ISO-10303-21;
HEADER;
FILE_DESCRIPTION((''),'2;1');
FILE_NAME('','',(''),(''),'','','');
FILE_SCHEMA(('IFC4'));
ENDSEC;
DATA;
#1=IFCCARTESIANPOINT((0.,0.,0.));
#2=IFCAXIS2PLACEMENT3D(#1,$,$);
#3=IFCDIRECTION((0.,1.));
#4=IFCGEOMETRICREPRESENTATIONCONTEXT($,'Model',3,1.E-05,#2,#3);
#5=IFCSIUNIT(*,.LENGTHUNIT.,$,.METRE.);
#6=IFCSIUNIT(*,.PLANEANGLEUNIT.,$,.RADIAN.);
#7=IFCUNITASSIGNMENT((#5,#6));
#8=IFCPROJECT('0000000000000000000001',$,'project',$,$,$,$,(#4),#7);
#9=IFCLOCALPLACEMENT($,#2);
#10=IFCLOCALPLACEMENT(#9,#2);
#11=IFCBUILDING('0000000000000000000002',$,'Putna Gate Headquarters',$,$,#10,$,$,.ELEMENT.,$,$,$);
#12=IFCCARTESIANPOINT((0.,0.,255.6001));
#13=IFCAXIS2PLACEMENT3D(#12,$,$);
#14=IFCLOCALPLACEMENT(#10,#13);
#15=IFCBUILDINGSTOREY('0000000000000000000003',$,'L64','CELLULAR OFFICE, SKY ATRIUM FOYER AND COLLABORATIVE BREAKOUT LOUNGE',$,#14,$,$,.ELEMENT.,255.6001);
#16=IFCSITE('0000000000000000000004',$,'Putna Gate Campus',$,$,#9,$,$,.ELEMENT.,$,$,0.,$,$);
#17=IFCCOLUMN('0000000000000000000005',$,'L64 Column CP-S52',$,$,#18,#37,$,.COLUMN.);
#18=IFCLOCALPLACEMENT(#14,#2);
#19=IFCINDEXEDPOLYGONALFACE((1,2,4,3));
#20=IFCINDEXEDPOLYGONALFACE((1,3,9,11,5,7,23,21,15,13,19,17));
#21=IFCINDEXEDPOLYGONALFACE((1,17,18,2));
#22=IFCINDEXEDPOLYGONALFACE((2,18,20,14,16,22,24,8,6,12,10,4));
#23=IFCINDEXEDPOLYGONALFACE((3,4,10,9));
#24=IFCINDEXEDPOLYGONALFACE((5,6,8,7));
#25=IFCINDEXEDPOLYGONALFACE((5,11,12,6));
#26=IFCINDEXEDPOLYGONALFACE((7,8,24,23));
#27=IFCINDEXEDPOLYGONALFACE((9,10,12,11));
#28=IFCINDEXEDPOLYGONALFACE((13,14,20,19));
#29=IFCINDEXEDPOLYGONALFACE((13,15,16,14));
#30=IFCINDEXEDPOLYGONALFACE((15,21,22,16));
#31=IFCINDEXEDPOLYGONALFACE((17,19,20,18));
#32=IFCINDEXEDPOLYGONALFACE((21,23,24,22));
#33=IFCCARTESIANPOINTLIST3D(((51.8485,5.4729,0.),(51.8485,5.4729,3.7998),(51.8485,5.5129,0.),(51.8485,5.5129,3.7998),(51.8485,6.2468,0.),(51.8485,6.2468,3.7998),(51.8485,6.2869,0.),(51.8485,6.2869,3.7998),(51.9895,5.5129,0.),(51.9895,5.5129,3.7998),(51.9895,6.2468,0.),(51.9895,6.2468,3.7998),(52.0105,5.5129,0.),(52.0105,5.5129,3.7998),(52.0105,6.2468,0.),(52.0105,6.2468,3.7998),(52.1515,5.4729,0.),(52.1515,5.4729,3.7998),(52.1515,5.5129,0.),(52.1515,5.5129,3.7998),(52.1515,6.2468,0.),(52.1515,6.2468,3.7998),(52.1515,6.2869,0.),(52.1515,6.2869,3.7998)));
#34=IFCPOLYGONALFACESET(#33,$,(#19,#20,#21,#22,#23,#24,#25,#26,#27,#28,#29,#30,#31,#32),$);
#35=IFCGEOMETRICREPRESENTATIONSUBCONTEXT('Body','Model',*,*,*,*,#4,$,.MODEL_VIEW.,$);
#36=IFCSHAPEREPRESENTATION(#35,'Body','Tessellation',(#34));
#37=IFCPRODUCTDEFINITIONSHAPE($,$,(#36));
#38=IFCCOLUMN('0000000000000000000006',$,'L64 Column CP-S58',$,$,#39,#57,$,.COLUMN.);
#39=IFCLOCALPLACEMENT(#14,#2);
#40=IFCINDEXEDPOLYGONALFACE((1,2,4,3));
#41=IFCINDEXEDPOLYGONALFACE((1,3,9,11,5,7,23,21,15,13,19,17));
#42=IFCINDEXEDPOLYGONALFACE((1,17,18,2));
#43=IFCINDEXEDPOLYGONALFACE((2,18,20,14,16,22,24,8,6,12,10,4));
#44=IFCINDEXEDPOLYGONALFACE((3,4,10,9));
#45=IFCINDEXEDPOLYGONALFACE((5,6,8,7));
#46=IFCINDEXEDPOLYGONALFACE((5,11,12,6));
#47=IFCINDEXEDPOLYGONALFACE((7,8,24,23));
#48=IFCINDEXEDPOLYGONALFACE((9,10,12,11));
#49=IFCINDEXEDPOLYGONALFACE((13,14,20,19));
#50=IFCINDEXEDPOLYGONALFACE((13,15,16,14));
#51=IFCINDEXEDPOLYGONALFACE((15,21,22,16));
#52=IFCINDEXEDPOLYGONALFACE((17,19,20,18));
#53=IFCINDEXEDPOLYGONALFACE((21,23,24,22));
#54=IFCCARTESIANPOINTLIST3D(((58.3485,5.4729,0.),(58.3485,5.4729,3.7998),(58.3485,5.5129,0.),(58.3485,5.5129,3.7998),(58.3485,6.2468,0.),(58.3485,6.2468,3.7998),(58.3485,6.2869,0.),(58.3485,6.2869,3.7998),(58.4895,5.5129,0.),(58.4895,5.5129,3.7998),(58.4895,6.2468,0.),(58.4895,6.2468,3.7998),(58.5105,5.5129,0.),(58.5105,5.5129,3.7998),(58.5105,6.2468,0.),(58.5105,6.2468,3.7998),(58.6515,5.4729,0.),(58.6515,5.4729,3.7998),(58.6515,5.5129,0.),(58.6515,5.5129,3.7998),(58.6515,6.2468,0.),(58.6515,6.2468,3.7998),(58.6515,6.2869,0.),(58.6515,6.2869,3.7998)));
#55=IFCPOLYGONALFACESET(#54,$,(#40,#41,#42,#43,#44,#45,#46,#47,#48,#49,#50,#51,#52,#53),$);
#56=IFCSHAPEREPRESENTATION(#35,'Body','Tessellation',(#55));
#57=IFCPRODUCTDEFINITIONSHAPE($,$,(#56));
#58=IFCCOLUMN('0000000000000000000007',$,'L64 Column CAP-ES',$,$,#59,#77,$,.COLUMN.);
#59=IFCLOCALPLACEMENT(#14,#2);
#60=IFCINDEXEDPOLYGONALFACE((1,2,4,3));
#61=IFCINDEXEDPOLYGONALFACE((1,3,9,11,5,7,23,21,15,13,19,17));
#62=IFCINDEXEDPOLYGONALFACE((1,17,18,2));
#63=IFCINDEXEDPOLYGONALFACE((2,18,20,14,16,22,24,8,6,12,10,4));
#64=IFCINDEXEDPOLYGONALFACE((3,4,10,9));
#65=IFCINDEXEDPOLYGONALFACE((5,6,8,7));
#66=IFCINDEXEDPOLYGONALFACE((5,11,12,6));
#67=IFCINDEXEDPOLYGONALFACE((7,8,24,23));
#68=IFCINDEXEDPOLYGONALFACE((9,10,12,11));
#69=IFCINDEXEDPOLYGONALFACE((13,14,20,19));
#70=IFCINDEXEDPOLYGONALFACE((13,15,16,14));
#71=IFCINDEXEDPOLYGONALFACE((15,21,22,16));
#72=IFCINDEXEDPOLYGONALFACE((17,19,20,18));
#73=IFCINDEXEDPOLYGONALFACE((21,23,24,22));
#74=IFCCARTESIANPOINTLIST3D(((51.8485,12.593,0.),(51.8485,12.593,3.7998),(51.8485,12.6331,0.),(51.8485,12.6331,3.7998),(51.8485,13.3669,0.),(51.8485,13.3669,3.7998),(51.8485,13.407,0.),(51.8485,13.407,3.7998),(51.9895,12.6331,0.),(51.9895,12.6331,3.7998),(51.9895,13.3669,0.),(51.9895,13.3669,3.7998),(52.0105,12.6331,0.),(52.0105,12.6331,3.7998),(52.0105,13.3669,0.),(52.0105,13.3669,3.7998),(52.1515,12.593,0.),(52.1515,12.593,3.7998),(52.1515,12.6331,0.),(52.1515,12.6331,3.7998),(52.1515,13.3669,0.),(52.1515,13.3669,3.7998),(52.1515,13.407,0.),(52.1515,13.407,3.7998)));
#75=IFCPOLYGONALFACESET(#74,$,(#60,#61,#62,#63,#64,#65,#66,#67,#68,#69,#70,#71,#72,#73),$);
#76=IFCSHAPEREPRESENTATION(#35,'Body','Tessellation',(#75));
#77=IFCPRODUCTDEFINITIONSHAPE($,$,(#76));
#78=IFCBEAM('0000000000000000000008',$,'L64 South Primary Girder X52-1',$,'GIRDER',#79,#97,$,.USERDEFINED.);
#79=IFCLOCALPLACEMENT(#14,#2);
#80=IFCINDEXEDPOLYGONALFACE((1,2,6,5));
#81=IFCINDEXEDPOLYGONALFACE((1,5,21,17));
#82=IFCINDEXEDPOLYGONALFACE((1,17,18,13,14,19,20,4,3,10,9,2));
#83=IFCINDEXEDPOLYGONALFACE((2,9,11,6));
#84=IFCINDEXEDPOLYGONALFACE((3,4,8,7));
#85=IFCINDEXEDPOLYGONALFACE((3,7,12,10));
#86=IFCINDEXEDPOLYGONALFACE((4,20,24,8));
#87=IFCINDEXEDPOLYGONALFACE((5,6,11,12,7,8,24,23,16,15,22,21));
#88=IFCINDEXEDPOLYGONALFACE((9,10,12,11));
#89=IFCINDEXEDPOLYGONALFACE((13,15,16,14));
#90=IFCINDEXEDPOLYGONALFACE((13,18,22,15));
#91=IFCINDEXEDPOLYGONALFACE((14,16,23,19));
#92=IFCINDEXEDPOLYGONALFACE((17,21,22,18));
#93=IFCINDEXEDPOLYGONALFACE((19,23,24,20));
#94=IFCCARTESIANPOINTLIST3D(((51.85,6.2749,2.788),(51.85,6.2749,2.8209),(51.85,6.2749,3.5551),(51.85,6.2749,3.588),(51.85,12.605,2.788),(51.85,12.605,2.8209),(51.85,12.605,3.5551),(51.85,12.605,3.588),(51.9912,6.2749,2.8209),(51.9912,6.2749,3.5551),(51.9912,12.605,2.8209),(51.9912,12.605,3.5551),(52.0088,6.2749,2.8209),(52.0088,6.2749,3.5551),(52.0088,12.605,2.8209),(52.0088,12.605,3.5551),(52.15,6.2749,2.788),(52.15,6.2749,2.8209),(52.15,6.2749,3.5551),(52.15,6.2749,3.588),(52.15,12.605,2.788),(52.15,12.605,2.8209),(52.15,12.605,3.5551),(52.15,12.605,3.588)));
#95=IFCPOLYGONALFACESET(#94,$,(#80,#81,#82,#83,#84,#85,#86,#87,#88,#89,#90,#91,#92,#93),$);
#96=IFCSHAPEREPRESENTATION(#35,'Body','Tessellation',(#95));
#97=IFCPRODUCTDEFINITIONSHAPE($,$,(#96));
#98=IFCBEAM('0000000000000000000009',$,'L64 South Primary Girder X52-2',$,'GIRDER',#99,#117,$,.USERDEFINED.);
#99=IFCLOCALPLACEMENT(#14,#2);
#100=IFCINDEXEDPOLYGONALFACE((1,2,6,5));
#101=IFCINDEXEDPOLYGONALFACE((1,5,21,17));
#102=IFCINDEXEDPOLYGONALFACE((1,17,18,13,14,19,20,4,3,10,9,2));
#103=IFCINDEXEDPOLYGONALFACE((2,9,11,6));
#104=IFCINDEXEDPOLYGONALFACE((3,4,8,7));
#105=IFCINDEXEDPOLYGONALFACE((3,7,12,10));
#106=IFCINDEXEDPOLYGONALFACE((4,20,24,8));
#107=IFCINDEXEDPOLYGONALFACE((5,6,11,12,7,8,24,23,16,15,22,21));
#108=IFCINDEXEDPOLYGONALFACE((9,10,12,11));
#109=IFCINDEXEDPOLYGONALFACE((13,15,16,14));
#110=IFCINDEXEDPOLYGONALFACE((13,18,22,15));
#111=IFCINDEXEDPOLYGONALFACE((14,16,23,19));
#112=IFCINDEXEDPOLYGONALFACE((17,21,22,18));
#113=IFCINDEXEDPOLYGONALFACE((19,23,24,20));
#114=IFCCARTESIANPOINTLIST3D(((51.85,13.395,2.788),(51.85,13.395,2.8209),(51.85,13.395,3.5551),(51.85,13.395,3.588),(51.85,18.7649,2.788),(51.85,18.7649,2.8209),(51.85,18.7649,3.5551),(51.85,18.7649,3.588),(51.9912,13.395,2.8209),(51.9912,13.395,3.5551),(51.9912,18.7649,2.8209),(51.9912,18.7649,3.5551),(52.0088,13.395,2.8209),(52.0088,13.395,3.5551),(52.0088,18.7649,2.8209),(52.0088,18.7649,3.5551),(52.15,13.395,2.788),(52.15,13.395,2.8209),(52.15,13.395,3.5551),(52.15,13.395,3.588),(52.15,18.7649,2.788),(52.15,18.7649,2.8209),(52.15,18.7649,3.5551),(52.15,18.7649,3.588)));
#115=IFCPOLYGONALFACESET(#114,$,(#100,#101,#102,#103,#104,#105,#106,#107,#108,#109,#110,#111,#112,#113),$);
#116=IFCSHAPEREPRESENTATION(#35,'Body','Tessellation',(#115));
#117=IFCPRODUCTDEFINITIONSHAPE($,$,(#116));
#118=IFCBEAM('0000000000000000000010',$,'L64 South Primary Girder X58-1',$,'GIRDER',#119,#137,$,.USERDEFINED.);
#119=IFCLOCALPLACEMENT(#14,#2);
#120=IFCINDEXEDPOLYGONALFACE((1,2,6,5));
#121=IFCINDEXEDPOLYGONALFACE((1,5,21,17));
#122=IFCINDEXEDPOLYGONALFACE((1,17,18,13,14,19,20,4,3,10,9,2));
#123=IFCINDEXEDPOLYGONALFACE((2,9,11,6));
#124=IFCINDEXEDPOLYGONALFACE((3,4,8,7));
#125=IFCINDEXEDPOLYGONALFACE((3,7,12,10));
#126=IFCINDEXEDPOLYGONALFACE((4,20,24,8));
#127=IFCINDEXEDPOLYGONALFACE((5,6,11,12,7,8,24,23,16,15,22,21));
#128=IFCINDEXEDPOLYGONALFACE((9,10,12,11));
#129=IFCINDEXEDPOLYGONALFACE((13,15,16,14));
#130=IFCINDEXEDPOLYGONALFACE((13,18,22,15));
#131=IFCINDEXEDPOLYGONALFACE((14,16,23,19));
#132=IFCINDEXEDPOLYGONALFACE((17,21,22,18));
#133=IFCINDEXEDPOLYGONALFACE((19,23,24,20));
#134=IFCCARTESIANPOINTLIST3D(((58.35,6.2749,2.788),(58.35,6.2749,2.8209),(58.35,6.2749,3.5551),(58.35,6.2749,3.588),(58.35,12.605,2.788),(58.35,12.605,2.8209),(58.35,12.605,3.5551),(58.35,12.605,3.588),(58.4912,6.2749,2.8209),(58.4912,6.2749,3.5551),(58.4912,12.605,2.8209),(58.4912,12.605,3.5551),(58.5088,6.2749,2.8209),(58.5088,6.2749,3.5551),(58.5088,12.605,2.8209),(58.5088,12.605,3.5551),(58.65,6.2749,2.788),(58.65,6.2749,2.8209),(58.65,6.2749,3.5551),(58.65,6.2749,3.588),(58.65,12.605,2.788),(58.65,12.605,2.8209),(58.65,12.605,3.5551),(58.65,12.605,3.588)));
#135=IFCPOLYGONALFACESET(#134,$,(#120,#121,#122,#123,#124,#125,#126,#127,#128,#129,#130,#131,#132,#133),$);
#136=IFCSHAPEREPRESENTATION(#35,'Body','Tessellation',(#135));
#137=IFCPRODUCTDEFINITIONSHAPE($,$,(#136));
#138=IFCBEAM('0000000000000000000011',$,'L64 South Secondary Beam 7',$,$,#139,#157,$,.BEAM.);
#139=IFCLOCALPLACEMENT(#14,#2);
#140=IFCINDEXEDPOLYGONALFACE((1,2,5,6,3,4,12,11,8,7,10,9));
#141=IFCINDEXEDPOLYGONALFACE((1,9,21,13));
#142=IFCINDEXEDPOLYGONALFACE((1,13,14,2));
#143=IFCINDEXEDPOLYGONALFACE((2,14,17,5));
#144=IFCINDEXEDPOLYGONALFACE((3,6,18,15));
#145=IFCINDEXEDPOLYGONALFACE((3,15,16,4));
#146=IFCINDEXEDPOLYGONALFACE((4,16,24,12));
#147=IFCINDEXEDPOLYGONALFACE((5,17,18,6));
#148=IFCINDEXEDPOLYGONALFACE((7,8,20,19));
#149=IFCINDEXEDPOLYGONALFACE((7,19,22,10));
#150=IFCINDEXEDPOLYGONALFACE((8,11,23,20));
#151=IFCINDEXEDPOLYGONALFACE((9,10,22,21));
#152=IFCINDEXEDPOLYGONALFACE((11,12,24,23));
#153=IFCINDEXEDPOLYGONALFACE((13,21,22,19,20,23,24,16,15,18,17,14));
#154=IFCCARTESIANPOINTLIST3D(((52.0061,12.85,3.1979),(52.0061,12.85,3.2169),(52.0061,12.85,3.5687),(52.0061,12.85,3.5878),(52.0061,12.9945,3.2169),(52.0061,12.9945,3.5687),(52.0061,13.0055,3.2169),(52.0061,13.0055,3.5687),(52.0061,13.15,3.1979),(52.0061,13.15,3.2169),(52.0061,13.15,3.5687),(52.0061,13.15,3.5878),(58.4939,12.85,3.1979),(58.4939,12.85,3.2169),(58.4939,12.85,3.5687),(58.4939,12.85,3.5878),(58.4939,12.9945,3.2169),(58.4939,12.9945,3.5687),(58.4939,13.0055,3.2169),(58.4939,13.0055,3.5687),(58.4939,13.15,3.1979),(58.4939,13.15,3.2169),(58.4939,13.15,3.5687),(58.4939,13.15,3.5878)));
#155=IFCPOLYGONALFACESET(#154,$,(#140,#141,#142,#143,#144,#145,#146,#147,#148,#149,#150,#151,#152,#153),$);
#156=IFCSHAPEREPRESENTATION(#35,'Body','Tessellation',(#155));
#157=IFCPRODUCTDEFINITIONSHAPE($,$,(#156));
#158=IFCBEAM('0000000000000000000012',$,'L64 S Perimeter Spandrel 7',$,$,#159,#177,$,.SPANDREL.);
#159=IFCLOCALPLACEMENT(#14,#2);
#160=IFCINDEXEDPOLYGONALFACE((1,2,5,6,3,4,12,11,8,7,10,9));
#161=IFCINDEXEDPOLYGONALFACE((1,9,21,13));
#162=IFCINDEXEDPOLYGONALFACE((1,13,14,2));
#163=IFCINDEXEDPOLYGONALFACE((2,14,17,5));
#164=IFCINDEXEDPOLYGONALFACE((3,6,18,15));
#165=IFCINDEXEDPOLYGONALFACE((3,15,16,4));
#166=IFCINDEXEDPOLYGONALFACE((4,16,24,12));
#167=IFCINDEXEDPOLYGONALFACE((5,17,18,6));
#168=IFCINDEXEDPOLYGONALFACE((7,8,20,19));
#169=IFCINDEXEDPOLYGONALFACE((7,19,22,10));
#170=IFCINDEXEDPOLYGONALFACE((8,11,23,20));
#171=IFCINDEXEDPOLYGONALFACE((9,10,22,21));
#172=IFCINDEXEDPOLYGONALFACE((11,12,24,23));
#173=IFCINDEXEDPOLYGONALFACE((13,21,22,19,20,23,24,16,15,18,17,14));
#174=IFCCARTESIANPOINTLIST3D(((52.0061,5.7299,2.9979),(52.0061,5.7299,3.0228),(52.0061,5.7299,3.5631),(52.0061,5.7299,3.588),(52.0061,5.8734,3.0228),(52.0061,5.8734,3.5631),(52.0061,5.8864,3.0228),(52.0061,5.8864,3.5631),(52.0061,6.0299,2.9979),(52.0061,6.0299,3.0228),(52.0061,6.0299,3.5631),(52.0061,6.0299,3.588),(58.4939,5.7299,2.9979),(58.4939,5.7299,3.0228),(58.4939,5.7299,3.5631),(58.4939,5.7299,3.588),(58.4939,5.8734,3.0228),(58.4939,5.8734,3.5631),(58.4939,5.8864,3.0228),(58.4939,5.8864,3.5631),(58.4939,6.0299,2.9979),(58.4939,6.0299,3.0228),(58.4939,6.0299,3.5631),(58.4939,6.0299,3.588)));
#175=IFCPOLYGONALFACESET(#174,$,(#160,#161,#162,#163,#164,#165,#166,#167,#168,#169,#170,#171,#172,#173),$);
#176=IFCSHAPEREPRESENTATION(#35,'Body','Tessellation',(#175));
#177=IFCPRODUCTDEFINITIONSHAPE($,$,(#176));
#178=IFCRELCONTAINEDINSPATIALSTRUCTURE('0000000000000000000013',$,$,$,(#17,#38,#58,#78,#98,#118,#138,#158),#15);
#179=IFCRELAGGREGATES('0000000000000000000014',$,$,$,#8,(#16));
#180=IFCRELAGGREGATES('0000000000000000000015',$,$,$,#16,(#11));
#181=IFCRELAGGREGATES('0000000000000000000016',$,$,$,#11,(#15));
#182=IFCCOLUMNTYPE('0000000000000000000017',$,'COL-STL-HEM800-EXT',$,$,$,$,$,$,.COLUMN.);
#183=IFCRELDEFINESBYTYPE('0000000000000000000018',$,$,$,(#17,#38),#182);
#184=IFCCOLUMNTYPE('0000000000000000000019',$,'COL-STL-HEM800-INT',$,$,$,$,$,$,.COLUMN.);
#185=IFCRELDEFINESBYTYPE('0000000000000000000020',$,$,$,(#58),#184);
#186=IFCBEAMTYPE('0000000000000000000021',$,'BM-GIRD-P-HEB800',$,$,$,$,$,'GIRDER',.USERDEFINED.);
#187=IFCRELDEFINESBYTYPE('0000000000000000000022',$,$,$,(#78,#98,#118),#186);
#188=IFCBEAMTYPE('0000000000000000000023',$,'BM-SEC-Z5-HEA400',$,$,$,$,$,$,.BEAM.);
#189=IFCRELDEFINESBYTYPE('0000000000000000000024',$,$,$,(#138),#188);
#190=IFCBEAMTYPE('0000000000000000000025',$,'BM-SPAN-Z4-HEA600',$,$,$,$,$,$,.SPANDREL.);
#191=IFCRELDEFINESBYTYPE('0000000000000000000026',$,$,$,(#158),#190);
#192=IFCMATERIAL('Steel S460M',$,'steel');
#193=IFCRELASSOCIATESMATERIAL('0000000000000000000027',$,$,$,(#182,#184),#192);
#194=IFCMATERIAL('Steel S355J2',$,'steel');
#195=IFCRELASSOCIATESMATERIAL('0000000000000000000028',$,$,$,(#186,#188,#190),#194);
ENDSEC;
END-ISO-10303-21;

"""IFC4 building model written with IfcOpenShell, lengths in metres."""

from ifc_helpers import new_model, si_unit, direction, frame, origin, origin_2d, place, context, subcontext, project, spatial, i_section, extrude, material, material_profile, profile_set, type_object, element, save


model = new_model("IFC4")

# Units and contexts
model_context = context("Model", 3, precision=1e-05, world=origin(), true_north=direction((0.0, 1.0)))
body_context = subcontext(model_context, "Body", "Model", "MODEL_VIEW")
ifc_project = project(units=[si_unit("LENGTHUNIT", "METRE"), si_unit("PLANEANGLEUNIT", "RADIAN")], contexts=[model_context])

# Site, building, storey
site_placement = place(None, origin())
site = spatial("IfcSite", under=ifc_project, at=site_placement, Name="Putna Gate Campus", CompositionType="ELEMENT", RefElevation=0.0)
building_placement = place(site_placement, origin())
building = spatial("IfcBuilding", under=site, at=building_placement, Name="Putna Gate Headquarters", CompositionType="ELEMENT")
storey_placement = place(building_placement, frame((0.0, 0.0, 255.6001)))
storey = spatial("IfcBuildingStorey", under=building, at=storey_placement, Name="L64", Description="CELLULAR OFFICE, SKY ATRIUM FOYER AND COLLABORATIVE BREAKOUT LOUNGE", CompositionType="ELEMENT", Elevation=255.6001)

# Columns
ifc_material_1 = material(Name="Steel S460M", Category="steel")
ifc_material_profile_1 = material_profile(ifc_material_1, i_section(OverallWidth=0.303, OverallDepth=0.814, WebThickness=0.021, FlangeThickness=0.04, at=origin_2d()), Name="Steel S460M")
ifc_profile_set_1 = profile_set([ifc_material_profile_1], Name="Steel S460M")
column_type_1 = type_object("IfcColumnType", Name="COL-STL-HEM800-EXT", PredefinedType="COLUMN", material=ifc_profile_set_1)
for number, where, z_axis, x_axis, name in (
    (1, (52.0, 5.8799, 0.0), (0.0, 0.0, 1.0), (1.0, 0.0, 0.0), "L64 Column CP-S52"),
    (2, (58.5, 5.8799, 0.0), (0.0, 0.0, 1.0), (1.0, 0.0, 0.0), "L64 Column CP-S58"),
):
    element("IfcColumn", number, at=place(storey_placement, frame(where, z_axis=z_axis, x_axis=x_axis)), inside=storey, type_object=column_type_1, Name=name, PredefinedType="COLUMN", context=body_context, shape_type="SweptSolid", body=[
        extrude(i_section(OverallWidth=0.303, OverallDepth=0.814, WebThickness=0.021, FlangeThickness=0.04, at=origin_2d()), origin(), (0.0, 0.0, 1.0), 3.7998),
    ])
ifc_material_profile_2 = material_profile(ifc_material_1, i_section(OverallWidth=0.303, OverallDepth=0.814, WebThickness=0.021, FlangeThickness=0.04, at=origin_2d()), Name="Steel S460M")
ifc_profile_set_2 = profile_set([ifc_material_profile_2], Name="Steel S460M")
column_type_2 = type_object("IfcColumnType", Name="COL-STL-HEM800-INT", PredefinedType="COLUMN", material=ifc_profile_set_2)
column_placement = place(storey_placement, frame((52.0, 13.0, 0.0), z_axis=(0.0, 0.0, 1.0), x_axis=(1.0, 0.0, 0.0)))
element("IfcColumn", 3, at=column_placement, inside=storey, type_object=column_type_2, Name="L64 Column CAP-ES", PredefinedType="COLUMN", context=body_context, shape_type="SweptSolid", body=[
    extrude(i_section(OverallWidth=0.303, OverallDepth=0.814, WebThickness=0.021, FlangeThickness=0.04, at=origin_2d()), origin(), (0.0, 0.0, 1.0), 3.7998),
])

# Beams
ifc_material_2 = material(Name="Steel S355J2", Category="steel")
ifc_material_profile_3 = material_profile(ifc_material_2, i_section(OverallWidth=0.3, OverallDepth=0.8, WebThickness=0.0176, FlangeThickness=0.033, at=origin_2d()), Name="Steel S355J2")
ifc_profile_set_3 = profile_set([ifc_material_profile_3], Name="Steel S355J2")
beam_type_1 = type_object("IfcBeamType", Name="BM-GIRD-P-HEB800", ElementType="GIRDER", PredefinedType="USERDEFINED", material=ifc_profile_set_3)
beam_1_placement = place(storey_placement, frame((52.0, 6.2749, 3.188), z_axis=(0.0, 1.0, 0.0), x_axis=(-1.0, 0.0, 0.0)))
element("IfcBeam", 4, at=beam_1_placement, inside=storey, type_object=beam_type_1, Name="L64 South Primary Girder X52-1", ObjectType="GIRDER", PredefinedType="USERDEFINED", context=body_context, shape_type="SweptSolid", body=[
    extrude(i_section(OverallWidth=0.3, OverallDepth=0.8, WebThickness=0.0176, FlangeThickness=0.033, at=origin_2d()), origin(), (0.0, 0.0, 1.0), 6.3301),
])
beam_2_placement = place(storey_placement, frame((52.0, 13.395, 3.188), z_axis=(0.0, 1.0, 0.0), x_axis=(-1.0, 0.0, 0.0)))
element("IfcBeam", 5, at=beam_2_placement, inside=storey, type_object=beam_type_1, Name="L64 South Primary Girder X52-2", ObjectType="GIRDER", PredefinedType="USERDEFINED", context=body_context, shape_type="SweptSolid", body=[
    extrude(i_section(OverallWidth=0.3, OverallDepth=0.8, WebThickness=0.0176, FlangeThickness=0.033, at=origin_2d()), origin(), (0.0, 0.0, 1.0), 5.3699),
])
beam_3_placement = place(storey_placement, frame((58.5, 6.2749, 3.188), z_axis=(0.0, 1.0, 0.0), x_axis=(-1.0, 0.0, 0.0)))
element("IfcBeam", 6, at=beam_3_placement, inside=storey, type_object=beam_type_1, Name="L64 South Primary Girder X58-1", ObjectType="GIRDER", PredefinedType="USERDEFINED", context=body_context, shape_type="SweptSolid", body=[
    extrude(i_section(OverallWidth=0.3, OverallDepth=0.8, WebThickness=0.0176, FlangeThickness=0.033, at=origin_2d()), origin(), (0.0, 0.0, 1.0), 6.3301),
])
ifc_material_profile_4 = material_profile(ifc_material_2, i_section(OverallWidth=0.3, OverallDepth=0.3899, WebThickness=0.011, FlangeThickness=0.019, at=origin_2d()), Name="Steel S355J2")
ifc_profile_set_4 = profile_set([ifc_material_profile_4], Name="Steel S355J2")
beam_type_2 = type_object("IfcBeamType", Name="BM-SEC-Z5-HEA400", PredefinedType="BEAM", material=ifc_profile_set_4)
beam_4_placement = place(storey_placement, frame((52.0061, 13.0, 3.3928), z_axis=(1.0, 0.0, 0.0), x_axis=(0.0, 1.0, 0.0)))
element("IfcBeam", 7, at=beam_4_placement, inside=storey, type_object=beam_type_2, Name="L64 South Secondary Beam 7", PredefinedType="BEAM", context=body_context, shape_type="SweptSolid", body=[
    extrude(i_section(OverallWidth=0.3, OverallDepth=0.3899, WebThickness=0.011, FlangeThickness=0.019, at=origin_2d()), origin(), (0.0, 0.0, 1.0), 6.4878),
])
ifc_material_profile_5 = material_profile(ifc_material_2, i_section(OverallWidth=0.3, OverallDepth=0.5901, WebThickness=0.0129, FlangeThickness=0.0249, at=origin_2d()), Name="Steel S355J2")
ifc_profile_set_5 = profile_set([ifc_material_profile_5], Name="Steel S355J2")
beam_type_3 = type_object("IfcBeamType", Name="BM-SPAN-Z4-HEA600", PredefinedType="SPANDREL", material=ifc_profile_set_5)
beam_5_placement = place(storey_placement, frame((52.0061, 5.8799, 3.293), z_axis=(1.0, 0.0, 0.0), x_axis=(0.0, 1.0, 0.0)))
element("IfcBeam", 8, at=beam_5_placement, inside=storey, type_object=beam_type_3, Name="L64 S Perimeter Spandrel 7", PredefinedType="SPANDREL", context=body_context, shape_type="SweptSolid", body=[
    extrude(i_section(OverallWidth=0.3, OverallDepth=0.5901, WebThickness=0.0129, FlangeThickness=0.0249, at=origin_2d()), origin(), (0.0, 0.0, 1.0), 6.4878),
])

save(model, "model.ifc")
